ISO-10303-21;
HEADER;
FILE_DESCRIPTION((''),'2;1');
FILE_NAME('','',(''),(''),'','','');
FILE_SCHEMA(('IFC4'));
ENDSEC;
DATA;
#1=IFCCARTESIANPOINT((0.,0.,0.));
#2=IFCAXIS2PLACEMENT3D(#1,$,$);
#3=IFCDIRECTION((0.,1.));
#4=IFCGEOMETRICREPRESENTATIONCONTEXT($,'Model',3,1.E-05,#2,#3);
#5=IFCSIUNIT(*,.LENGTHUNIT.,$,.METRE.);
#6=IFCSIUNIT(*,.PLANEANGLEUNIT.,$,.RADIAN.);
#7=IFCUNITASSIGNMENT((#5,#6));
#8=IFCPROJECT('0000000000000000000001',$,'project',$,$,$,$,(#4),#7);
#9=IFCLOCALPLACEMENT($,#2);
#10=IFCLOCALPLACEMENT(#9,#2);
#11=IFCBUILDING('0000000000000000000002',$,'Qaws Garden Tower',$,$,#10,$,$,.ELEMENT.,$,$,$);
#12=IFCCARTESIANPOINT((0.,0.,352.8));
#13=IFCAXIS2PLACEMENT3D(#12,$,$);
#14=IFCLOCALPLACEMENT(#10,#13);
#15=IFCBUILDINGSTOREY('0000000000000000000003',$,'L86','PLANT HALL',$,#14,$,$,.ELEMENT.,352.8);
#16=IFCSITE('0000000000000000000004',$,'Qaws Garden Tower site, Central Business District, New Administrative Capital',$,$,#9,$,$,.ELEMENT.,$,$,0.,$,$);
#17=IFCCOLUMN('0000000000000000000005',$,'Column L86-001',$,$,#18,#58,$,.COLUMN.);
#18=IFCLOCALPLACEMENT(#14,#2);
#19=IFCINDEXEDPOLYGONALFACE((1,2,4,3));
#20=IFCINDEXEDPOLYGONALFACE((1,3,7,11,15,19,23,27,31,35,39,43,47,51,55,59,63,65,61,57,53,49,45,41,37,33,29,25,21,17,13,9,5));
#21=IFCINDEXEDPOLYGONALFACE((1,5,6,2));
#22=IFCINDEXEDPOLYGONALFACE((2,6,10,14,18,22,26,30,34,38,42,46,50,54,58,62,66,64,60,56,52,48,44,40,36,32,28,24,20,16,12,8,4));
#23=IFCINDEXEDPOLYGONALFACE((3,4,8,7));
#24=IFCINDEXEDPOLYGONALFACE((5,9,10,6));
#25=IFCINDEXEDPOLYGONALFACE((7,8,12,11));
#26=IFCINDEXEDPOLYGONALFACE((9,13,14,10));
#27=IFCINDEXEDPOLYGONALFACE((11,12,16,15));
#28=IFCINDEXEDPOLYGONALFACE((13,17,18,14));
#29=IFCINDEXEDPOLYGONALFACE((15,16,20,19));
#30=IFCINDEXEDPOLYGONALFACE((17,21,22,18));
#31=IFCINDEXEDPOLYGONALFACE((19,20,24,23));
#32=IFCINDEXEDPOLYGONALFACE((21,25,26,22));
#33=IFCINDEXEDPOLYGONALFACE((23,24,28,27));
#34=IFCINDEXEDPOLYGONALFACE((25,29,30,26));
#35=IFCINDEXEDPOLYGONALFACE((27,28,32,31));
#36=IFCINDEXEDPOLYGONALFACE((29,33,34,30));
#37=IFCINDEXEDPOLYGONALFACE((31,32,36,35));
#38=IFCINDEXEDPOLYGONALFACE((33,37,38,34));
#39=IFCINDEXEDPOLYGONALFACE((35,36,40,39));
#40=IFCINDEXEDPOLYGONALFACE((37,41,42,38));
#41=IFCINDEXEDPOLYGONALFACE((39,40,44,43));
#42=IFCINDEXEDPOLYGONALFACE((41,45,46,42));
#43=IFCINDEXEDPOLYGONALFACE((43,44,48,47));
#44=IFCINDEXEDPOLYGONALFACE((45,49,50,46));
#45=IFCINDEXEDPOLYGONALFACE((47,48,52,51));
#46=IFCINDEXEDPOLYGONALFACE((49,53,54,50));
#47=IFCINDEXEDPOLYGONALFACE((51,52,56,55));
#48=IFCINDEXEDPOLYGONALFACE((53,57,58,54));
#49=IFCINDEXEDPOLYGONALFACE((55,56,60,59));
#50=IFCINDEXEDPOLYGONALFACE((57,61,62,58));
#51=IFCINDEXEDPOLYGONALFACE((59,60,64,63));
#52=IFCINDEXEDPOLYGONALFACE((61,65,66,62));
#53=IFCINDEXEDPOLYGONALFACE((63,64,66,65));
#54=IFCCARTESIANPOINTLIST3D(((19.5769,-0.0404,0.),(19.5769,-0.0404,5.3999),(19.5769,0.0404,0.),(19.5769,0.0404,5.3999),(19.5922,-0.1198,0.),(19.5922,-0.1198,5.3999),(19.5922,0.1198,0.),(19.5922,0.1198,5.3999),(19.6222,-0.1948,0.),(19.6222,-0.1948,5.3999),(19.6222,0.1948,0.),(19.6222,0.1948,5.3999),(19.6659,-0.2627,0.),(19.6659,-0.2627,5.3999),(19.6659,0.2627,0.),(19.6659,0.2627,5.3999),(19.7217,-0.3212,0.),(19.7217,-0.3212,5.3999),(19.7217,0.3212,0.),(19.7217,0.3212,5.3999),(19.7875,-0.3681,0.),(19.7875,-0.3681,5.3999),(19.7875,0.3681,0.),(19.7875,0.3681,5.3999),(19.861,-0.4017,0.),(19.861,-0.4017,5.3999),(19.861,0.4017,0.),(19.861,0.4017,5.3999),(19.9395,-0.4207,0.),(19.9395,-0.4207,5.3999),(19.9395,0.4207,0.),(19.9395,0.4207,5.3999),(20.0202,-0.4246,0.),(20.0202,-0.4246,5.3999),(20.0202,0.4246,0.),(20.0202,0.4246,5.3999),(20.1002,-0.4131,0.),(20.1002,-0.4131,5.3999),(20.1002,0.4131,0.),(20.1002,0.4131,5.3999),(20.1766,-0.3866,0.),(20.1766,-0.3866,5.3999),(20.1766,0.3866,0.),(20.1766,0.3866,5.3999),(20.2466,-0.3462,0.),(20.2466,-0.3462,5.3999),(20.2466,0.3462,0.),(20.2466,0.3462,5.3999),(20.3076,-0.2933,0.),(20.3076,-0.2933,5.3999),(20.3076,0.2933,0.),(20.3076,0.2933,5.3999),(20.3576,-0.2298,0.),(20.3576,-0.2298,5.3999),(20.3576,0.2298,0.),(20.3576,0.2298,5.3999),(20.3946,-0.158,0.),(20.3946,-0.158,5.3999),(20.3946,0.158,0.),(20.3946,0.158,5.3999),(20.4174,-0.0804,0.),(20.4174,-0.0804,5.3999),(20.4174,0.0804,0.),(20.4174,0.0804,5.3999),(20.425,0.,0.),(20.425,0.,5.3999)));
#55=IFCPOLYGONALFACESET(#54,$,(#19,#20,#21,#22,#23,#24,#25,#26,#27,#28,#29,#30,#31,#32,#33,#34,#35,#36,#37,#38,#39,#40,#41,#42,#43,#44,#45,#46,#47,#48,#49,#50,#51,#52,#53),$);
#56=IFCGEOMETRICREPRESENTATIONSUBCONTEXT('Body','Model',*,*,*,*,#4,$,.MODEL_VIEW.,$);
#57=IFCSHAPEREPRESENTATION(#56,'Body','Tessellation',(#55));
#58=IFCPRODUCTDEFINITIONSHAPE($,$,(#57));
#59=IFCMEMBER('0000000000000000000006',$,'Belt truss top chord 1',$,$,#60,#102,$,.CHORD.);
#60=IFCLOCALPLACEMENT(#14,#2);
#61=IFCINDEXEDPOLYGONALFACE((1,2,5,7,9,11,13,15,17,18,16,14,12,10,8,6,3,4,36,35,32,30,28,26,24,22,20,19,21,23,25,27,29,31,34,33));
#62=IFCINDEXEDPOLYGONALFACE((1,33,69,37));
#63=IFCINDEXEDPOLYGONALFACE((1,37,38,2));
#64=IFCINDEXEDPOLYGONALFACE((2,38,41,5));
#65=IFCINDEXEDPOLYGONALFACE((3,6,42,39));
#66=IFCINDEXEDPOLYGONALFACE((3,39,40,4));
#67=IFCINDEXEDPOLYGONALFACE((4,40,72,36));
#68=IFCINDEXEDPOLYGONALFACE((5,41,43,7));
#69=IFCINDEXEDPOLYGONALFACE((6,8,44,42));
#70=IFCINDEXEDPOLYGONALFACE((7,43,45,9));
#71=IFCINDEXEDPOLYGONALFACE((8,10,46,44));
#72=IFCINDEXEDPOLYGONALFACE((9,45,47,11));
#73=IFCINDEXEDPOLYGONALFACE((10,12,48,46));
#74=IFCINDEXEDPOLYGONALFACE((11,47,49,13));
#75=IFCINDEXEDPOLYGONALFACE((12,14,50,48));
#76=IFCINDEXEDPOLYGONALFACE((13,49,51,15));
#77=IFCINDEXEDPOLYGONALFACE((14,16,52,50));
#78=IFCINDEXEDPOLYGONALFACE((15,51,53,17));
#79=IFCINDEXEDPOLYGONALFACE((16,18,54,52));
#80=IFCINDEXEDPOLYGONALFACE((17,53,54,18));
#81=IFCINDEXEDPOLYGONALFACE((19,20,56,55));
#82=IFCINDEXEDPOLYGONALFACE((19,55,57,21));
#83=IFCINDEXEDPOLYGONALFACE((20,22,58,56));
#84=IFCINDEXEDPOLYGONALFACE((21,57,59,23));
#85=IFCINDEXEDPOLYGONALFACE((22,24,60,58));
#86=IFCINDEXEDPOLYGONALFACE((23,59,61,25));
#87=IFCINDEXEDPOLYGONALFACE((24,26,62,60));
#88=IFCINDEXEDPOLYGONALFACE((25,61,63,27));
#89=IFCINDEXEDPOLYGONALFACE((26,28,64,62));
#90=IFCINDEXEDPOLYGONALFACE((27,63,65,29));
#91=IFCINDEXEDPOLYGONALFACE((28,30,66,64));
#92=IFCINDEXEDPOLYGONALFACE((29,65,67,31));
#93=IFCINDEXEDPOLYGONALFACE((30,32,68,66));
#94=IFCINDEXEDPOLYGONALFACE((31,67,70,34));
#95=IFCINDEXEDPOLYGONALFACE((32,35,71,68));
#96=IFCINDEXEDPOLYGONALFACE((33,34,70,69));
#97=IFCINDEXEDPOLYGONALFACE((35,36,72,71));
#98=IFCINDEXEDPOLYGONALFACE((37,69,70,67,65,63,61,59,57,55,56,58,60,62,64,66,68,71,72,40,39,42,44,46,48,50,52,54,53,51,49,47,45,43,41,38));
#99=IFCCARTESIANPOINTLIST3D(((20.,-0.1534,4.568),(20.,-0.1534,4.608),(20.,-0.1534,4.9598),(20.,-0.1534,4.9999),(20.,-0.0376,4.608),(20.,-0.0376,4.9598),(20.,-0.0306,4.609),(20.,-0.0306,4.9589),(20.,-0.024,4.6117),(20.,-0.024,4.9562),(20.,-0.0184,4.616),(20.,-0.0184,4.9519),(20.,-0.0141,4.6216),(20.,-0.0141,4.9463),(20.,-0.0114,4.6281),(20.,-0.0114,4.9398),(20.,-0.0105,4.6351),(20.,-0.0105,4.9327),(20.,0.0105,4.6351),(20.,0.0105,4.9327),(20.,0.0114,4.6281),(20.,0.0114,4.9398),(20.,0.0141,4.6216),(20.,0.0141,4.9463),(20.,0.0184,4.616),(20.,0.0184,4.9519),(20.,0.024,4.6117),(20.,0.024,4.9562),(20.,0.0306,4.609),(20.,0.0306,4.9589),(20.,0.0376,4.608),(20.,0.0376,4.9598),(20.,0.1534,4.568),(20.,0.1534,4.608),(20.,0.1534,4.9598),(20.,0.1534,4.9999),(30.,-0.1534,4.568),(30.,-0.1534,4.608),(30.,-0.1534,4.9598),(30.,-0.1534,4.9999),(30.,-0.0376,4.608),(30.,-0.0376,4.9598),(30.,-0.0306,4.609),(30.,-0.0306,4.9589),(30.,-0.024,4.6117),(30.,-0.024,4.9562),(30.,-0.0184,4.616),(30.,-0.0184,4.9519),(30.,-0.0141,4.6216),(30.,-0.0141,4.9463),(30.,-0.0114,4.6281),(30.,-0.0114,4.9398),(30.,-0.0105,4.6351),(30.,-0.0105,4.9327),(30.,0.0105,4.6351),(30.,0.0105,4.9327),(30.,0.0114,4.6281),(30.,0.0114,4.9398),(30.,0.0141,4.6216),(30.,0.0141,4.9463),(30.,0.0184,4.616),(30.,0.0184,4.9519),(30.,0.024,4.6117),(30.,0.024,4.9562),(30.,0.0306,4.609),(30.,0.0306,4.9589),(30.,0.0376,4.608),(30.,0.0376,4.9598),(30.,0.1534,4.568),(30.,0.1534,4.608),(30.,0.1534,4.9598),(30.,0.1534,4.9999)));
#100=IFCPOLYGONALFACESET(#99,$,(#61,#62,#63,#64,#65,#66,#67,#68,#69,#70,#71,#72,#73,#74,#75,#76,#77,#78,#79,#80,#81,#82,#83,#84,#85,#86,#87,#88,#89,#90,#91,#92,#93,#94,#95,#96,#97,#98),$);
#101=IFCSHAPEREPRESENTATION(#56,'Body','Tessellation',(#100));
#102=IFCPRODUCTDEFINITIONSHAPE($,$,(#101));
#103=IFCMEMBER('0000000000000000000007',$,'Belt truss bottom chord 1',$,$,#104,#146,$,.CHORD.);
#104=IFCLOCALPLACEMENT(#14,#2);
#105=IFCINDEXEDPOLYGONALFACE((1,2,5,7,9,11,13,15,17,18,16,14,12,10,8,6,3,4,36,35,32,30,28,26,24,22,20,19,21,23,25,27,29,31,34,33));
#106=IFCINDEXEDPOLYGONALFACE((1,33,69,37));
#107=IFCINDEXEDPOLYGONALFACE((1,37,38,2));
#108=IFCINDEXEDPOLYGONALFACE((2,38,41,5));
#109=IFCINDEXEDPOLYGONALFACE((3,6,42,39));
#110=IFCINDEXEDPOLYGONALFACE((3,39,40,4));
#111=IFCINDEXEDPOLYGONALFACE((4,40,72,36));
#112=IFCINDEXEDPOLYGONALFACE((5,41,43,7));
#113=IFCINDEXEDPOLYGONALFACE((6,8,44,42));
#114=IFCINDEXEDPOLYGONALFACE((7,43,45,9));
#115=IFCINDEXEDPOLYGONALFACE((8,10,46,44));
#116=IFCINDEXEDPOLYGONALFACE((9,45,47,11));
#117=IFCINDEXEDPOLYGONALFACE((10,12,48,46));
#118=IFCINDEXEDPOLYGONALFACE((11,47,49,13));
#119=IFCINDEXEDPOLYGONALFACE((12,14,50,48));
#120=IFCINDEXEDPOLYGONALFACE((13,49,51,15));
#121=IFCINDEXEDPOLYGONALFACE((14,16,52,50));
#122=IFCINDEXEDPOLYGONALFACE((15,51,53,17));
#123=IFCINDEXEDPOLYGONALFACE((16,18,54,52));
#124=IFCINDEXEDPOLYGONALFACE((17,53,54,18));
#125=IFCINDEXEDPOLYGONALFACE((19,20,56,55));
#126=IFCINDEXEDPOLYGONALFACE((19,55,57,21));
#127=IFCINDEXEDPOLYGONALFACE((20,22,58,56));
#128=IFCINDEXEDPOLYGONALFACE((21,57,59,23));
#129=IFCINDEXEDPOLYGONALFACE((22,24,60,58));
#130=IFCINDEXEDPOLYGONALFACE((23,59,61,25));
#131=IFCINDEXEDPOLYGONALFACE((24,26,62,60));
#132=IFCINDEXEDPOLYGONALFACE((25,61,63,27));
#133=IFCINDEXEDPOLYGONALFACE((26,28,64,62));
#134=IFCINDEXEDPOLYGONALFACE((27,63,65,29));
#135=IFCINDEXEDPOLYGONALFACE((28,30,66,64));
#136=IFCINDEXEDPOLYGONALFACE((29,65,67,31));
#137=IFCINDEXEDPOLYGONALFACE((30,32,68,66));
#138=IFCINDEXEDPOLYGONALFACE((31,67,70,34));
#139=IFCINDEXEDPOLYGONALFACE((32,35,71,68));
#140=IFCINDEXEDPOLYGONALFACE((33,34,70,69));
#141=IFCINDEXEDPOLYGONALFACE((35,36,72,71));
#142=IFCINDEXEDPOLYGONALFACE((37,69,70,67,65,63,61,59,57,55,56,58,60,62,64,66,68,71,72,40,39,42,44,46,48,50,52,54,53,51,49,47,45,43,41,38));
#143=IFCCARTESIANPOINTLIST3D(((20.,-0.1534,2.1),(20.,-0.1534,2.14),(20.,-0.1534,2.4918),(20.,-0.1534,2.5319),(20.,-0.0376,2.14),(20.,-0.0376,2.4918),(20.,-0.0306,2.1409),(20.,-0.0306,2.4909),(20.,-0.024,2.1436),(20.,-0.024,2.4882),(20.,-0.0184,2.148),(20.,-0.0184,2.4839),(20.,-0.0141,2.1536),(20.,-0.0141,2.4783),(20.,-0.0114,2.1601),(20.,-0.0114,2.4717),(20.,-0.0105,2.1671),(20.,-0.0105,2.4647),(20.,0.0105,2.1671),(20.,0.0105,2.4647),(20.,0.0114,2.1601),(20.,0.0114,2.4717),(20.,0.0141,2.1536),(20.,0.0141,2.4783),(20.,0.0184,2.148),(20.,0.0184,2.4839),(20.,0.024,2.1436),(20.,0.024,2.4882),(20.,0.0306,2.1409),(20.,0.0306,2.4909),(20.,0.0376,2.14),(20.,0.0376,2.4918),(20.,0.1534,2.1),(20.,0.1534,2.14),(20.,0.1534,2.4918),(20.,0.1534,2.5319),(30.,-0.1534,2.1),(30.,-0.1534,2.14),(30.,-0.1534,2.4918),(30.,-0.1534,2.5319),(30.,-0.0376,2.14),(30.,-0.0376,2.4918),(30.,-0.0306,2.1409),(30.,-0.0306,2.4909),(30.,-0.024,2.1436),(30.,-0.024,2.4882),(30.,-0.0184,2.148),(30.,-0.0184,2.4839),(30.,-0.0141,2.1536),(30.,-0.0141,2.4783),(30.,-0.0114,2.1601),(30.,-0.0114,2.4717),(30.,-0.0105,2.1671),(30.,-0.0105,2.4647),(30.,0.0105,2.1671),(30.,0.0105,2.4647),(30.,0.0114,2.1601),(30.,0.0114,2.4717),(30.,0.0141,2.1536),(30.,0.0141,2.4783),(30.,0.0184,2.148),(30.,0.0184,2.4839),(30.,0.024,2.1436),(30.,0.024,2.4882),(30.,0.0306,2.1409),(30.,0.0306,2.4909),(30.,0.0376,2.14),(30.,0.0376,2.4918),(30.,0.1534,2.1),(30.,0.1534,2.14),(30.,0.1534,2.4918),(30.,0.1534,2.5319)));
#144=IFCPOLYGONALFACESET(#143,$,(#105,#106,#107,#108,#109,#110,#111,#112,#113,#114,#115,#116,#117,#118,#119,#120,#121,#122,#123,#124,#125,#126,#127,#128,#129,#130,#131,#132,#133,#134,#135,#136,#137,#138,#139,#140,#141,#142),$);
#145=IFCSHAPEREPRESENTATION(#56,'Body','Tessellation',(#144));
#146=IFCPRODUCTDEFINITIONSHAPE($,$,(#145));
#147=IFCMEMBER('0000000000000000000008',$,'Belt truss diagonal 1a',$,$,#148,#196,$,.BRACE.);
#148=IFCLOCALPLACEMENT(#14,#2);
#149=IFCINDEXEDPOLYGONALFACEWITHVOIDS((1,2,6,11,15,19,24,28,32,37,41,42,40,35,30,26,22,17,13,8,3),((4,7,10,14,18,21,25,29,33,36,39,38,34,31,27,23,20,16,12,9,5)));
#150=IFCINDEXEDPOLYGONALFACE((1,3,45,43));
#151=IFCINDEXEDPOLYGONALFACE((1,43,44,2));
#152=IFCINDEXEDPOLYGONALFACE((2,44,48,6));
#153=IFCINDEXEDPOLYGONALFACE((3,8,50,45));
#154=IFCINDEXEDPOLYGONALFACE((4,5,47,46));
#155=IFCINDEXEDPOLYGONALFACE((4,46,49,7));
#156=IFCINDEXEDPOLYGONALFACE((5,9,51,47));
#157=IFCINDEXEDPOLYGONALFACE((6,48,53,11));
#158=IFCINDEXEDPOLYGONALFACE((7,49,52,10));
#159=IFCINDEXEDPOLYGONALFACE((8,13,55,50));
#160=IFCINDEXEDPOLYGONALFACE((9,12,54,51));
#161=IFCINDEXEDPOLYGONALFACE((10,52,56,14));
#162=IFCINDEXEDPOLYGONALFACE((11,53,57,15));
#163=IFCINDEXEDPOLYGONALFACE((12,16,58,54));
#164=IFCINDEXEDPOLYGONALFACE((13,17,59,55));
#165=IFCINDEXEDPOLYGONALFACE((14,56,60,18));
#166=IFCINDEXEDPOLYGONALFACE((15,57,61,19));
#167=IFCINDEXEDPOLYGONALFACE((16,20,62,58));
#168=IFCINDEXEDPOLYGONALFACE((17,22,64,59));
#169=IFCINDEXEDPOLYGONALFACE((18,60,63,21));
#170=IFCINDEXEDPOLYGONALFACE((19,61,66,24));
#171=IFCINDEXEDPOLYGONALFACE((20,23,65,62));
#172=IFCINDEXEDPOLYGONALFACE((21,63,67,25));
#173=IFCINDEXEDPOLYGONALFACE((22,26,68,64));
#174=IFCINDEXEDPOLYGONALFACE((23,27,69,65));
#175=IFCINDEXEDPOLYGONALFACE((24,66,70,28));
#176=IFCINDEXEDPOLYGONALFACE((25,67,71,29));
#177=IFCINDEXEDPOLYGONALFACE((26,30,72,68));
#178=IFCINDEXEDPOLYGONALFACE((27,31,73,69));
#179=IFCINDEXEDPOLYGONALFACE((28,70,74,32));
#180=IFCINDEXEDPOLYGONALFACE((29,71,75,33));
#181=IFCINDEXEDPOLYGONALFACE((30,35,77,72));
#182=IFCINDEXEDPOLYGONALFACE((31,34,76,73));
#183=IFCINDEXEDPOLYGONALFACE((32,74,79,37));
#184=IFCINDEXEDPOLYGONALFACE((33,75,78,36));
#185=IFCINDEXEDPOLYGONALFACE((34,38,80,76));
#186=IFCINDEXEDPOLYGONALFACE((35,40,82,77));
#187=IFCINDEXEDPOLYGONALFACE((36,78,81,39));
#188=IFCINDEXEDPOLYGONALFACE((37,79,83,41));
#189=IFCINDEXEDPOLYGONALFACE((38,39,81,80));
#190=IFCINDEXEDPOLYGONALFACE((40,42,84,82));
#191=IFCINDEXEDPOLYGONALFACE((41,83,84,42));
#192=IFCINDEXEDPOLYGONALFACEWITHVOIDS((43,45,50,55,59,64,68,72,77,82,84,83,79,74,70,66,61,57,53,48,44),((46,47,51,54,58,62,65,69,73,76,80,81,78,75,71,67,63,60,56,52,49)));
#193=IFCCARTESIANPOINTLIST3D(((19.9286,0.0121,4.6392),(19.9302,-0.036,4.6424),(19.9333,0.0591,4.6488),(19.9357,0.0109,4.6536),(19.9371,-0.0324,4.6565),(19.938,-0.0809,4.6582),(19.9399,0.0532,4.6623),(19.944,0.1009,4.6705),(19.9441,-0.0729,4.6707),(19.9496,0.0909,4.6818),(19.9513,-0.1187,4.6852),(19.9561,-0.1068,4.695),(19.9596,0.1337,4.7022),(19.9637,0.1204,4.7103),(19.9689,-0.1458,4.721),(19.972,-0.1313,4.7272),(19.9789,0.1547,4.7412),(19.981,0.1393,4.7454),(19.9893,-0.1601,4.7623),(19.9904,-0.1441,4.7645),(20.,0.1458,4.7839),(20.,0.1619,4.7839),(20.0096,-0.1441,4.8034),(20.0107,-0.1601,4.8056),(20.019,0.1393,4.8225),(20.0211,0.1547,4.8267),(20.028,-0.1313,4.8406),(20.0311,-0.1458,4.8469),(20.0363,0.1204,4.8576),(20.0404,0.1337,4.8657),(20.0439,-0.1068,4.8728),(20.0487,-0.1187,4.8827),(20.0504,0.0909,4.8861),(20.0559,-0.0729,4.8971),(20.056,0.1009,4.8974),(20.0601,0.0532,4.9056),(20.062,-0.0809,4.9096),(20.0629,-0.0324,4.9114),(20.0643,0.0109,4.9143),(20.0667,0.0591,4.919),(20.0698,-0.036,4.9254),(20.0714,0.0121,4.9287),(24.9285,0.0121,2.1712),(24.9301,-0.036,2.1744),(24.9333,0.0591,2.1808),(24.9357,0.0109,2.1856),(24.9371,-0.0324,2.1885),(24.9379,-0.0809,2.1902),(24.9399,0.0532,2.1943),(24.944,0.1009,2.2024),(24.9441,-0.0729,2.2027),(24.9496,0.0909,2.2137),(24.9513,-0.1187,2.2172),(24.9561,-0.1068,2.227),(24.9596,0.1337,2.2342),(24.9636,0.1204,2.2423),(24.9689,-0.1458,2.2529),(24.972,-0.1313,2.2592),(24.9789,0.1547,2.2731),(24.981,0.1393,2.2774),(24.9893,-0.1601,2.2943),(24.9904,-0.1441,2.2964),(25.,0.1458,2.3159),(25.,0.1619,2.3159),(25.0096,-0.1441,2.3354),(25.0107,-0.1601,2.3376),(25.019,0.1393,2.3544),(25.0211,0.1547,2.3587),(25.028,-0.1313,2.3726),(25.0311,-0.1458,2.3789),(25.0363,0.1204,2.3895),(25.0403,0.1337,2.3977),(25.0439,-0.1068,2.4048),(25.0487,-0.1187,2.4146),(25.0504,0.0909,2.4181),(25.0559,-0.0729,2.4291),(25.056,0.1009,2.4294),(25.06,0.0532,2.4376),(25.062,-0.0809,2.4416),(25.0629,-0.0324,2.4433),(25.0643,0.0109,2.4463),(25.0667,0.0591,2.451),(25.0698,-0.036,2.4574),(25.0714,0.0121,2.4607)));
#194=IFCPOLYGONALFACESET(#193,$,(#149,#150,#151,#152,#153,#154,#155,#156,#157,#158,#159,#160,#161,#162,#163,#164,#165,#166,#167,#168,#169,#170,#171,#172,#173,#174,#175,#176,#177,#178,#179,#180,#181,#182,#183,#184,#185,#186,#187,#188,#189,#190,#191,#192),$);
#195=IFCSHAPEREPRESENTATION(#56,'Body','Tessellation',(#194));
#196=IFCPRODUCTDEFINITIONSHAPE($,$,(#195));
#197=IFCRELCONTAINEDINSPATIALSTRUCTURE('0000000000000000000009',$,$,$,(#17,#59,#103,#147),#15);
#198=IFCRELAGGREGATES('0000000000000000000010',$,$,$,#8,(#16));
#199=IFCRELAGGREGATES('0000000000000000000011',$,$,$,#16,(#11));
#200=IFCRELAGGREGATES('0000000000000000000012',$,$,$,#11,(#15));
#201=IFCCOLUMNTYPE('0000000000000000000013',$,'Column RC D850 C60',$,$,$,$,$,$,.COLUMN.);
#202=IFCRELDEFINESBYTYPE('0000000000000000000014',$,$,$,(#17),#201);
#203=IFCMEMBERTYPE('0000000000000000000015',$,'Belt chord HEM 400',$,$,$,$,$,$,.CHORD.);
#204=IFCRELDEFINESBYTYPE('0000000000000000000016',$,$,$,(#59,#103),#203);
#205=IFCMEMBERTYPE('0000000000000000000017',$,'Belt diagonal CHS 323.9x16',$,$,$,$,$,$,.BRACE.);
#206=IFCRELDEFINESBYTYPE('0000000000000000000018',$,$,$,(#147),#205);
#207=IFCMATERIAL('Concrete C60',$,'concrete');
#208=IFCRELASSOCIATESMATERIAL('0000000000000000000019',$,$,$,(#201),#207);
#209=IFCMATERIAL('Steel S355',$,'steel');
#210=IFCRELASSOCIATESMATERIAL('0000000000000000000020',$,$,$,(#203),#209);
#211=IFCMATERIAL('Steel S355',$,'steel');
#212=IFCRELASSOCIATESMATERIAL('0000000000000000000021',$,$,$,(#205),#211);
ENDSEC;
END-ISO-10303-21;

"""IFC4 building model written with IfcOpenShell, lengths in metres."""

from ifc_helpers import new_model, si_unit, direction, frame, origin, origin_2d, place, context, subcontext, project, spatial, circle, hollow_circle, i_section, extrude, material, material_profile, profile_set, type_object, element, save


model = new_model("IFC4")

# Units and contexts
model_context = context("Model", 3, precision=1e-05, world=origin(), true_north=direction((0.0, 1.0)))
body_context = subcontext(model_context, "Body", "Model", "MODEL_VIEW")
ifc_project = project(units=[si_unit("LENGTHUNIT", "METRE"), si_unit("PLANEANGLEUNIT", "RADIAN")], contexts=[model_context])

# Site, building, storey
site_placement = place(None, origin())
site = spatial("IfcSite", under=ifc_project, at=site_placement, Name="Qaws Garden Tower site, Central Business District, New Administrative Capital", CompositionType="ELEMENT", RefElevation=0.0)
building_placement = place(site_placement, origin())
building = spatial("IfcBuilding", under=site, at=building_placement, Name="Qaws Garden Tower", CompositionType="ELEMENT")
storey_placement = place(building_placement, frame((0.0, 0.0, 352.8)))
storey = spatial("IfcBuildingStorey", under=building, at=storey_placement, Name="L86", Description="PLANT HALL", CompositionType="ELEMENT", Elevation=352.8)

# Column
ifc_material_1 = material(Name="Concrete C60", Category="concrete")
ifc_material_profile_1 = material_profile(ifc_material_1, circle(Radius=0.425, at=origin_2d()), Name="RC D850")
ifc_profile_set_1 = profile_set([ifc_material_profile_1], Name="Concrete C60")
column_type = type_object("IfcColumnType", Name="Column RC D850 C60", PredefinedType="COLUMN", material=ifc_profile_set_1)
column_placement = place(storey_placement, frame((20.0, 0.0, 0.0), z_axis=(0.0, 0.0, 1.0), x_axis=(1.0, 0.0, 0.0)))
element("IfcColumn", 1, at=column_placement, inside=storey, type_object=column_type, Name="Column L86-001", PredefinedType="COLUMN", context=body_context, shape_type="SweptSolid", body=[
    extrude(circle(Radius=0.425, at=origin_2d()), origin(), (0.0, 0.0, 1.0), 5.3999),
])

# Members
ifc_material_2 = material(Name="Steel S355", Category="steel")
ifc_material_profile_2 = material_profile(ifc_material_2, i_section(OverallWidth=0.3069, OverallDepth=0.4319, WebThickness=0.021, FlangeThickness=0.04, FilletRadius=0.0271, at=origin_2d()), Name="HEM 400")
ifc_profile_set_2 = profile_set([ifc_material_profile_2], Name="Steel S355")
member_type_1 = type_object("IfcMemberType", Name="Belt chord HEM 400", PredefinedType="CHORD", material=ifc_profile_set_2)
for number, where, z_axis, x_axis, name in (
    (2, (20.0, 0.0, 4.7839), (1.0, 0.0, 0.0), (0.0, 1.0, 0.0), "Belt truss top chord 1"),
    (3, (20.0, 0.0, 2.3159), (1.0, 0.0, 0.0), (0.0, 1.0, 0.0), "Belt truss bottom chord 1"),
):
    element("IfcMember", number, at=place(storey_placement, frame(where, z_axis=z_axis, x_axis=x_axis)), inside=storey, type_object=member_type_1, Name=name, PredefinedType="CHORD", context=body_context, shape_type="SweptSolid", body=[
        extrude(i_section(OverallWidth=0.3069, OverallDepth=0.4319, WebThickness=0.021, FlangeThickness=0.04, FilletRadius=0.0271, at=origin_2d()), origin(), (0.0, 0.0, 1.0), 10.0),
    ])
ifc_material_3 = material(Name="Steel S355", Category="steel")
ifc_material_profile_3 = material_profile(ifc_material_3, hollow_circle(Radius=0.1619, WallThickness=0.0161, at=origin_2d()), Name="CHS 323.9x16")
ifc_profile_set_3 = profile_set([ifc_material_profile_3], Name="Steel S355")
member_type_2 = type_object("IfcMemberType", Name="Belt diagonal CHS 323.9x16", PredefinedType="BRACE", material=ifc_profile_set_3)
member_1_placement = place(storey_placement, frame((20.0, 0.0, 4.7839), z_axis=(0.89671, 0.0, -0.442619), x_axis=(0.0, 1.0, 0.0)))
element("IfcMember", 4, at=member_1_placement, inside=storey, type_object=member_type_2, Name="Belt truss diagonal 1a", PredefinedType="BRACE", context=body_context, shape_type="SweptSolid", body=[
    extrude(hollow_circle(Radius=0.1619, WallThickness=0.0161, at=origin_2d()), origin(), (0.0, 0.0, 1.0), 5.5759),
])

save(model, "model.ifc")
